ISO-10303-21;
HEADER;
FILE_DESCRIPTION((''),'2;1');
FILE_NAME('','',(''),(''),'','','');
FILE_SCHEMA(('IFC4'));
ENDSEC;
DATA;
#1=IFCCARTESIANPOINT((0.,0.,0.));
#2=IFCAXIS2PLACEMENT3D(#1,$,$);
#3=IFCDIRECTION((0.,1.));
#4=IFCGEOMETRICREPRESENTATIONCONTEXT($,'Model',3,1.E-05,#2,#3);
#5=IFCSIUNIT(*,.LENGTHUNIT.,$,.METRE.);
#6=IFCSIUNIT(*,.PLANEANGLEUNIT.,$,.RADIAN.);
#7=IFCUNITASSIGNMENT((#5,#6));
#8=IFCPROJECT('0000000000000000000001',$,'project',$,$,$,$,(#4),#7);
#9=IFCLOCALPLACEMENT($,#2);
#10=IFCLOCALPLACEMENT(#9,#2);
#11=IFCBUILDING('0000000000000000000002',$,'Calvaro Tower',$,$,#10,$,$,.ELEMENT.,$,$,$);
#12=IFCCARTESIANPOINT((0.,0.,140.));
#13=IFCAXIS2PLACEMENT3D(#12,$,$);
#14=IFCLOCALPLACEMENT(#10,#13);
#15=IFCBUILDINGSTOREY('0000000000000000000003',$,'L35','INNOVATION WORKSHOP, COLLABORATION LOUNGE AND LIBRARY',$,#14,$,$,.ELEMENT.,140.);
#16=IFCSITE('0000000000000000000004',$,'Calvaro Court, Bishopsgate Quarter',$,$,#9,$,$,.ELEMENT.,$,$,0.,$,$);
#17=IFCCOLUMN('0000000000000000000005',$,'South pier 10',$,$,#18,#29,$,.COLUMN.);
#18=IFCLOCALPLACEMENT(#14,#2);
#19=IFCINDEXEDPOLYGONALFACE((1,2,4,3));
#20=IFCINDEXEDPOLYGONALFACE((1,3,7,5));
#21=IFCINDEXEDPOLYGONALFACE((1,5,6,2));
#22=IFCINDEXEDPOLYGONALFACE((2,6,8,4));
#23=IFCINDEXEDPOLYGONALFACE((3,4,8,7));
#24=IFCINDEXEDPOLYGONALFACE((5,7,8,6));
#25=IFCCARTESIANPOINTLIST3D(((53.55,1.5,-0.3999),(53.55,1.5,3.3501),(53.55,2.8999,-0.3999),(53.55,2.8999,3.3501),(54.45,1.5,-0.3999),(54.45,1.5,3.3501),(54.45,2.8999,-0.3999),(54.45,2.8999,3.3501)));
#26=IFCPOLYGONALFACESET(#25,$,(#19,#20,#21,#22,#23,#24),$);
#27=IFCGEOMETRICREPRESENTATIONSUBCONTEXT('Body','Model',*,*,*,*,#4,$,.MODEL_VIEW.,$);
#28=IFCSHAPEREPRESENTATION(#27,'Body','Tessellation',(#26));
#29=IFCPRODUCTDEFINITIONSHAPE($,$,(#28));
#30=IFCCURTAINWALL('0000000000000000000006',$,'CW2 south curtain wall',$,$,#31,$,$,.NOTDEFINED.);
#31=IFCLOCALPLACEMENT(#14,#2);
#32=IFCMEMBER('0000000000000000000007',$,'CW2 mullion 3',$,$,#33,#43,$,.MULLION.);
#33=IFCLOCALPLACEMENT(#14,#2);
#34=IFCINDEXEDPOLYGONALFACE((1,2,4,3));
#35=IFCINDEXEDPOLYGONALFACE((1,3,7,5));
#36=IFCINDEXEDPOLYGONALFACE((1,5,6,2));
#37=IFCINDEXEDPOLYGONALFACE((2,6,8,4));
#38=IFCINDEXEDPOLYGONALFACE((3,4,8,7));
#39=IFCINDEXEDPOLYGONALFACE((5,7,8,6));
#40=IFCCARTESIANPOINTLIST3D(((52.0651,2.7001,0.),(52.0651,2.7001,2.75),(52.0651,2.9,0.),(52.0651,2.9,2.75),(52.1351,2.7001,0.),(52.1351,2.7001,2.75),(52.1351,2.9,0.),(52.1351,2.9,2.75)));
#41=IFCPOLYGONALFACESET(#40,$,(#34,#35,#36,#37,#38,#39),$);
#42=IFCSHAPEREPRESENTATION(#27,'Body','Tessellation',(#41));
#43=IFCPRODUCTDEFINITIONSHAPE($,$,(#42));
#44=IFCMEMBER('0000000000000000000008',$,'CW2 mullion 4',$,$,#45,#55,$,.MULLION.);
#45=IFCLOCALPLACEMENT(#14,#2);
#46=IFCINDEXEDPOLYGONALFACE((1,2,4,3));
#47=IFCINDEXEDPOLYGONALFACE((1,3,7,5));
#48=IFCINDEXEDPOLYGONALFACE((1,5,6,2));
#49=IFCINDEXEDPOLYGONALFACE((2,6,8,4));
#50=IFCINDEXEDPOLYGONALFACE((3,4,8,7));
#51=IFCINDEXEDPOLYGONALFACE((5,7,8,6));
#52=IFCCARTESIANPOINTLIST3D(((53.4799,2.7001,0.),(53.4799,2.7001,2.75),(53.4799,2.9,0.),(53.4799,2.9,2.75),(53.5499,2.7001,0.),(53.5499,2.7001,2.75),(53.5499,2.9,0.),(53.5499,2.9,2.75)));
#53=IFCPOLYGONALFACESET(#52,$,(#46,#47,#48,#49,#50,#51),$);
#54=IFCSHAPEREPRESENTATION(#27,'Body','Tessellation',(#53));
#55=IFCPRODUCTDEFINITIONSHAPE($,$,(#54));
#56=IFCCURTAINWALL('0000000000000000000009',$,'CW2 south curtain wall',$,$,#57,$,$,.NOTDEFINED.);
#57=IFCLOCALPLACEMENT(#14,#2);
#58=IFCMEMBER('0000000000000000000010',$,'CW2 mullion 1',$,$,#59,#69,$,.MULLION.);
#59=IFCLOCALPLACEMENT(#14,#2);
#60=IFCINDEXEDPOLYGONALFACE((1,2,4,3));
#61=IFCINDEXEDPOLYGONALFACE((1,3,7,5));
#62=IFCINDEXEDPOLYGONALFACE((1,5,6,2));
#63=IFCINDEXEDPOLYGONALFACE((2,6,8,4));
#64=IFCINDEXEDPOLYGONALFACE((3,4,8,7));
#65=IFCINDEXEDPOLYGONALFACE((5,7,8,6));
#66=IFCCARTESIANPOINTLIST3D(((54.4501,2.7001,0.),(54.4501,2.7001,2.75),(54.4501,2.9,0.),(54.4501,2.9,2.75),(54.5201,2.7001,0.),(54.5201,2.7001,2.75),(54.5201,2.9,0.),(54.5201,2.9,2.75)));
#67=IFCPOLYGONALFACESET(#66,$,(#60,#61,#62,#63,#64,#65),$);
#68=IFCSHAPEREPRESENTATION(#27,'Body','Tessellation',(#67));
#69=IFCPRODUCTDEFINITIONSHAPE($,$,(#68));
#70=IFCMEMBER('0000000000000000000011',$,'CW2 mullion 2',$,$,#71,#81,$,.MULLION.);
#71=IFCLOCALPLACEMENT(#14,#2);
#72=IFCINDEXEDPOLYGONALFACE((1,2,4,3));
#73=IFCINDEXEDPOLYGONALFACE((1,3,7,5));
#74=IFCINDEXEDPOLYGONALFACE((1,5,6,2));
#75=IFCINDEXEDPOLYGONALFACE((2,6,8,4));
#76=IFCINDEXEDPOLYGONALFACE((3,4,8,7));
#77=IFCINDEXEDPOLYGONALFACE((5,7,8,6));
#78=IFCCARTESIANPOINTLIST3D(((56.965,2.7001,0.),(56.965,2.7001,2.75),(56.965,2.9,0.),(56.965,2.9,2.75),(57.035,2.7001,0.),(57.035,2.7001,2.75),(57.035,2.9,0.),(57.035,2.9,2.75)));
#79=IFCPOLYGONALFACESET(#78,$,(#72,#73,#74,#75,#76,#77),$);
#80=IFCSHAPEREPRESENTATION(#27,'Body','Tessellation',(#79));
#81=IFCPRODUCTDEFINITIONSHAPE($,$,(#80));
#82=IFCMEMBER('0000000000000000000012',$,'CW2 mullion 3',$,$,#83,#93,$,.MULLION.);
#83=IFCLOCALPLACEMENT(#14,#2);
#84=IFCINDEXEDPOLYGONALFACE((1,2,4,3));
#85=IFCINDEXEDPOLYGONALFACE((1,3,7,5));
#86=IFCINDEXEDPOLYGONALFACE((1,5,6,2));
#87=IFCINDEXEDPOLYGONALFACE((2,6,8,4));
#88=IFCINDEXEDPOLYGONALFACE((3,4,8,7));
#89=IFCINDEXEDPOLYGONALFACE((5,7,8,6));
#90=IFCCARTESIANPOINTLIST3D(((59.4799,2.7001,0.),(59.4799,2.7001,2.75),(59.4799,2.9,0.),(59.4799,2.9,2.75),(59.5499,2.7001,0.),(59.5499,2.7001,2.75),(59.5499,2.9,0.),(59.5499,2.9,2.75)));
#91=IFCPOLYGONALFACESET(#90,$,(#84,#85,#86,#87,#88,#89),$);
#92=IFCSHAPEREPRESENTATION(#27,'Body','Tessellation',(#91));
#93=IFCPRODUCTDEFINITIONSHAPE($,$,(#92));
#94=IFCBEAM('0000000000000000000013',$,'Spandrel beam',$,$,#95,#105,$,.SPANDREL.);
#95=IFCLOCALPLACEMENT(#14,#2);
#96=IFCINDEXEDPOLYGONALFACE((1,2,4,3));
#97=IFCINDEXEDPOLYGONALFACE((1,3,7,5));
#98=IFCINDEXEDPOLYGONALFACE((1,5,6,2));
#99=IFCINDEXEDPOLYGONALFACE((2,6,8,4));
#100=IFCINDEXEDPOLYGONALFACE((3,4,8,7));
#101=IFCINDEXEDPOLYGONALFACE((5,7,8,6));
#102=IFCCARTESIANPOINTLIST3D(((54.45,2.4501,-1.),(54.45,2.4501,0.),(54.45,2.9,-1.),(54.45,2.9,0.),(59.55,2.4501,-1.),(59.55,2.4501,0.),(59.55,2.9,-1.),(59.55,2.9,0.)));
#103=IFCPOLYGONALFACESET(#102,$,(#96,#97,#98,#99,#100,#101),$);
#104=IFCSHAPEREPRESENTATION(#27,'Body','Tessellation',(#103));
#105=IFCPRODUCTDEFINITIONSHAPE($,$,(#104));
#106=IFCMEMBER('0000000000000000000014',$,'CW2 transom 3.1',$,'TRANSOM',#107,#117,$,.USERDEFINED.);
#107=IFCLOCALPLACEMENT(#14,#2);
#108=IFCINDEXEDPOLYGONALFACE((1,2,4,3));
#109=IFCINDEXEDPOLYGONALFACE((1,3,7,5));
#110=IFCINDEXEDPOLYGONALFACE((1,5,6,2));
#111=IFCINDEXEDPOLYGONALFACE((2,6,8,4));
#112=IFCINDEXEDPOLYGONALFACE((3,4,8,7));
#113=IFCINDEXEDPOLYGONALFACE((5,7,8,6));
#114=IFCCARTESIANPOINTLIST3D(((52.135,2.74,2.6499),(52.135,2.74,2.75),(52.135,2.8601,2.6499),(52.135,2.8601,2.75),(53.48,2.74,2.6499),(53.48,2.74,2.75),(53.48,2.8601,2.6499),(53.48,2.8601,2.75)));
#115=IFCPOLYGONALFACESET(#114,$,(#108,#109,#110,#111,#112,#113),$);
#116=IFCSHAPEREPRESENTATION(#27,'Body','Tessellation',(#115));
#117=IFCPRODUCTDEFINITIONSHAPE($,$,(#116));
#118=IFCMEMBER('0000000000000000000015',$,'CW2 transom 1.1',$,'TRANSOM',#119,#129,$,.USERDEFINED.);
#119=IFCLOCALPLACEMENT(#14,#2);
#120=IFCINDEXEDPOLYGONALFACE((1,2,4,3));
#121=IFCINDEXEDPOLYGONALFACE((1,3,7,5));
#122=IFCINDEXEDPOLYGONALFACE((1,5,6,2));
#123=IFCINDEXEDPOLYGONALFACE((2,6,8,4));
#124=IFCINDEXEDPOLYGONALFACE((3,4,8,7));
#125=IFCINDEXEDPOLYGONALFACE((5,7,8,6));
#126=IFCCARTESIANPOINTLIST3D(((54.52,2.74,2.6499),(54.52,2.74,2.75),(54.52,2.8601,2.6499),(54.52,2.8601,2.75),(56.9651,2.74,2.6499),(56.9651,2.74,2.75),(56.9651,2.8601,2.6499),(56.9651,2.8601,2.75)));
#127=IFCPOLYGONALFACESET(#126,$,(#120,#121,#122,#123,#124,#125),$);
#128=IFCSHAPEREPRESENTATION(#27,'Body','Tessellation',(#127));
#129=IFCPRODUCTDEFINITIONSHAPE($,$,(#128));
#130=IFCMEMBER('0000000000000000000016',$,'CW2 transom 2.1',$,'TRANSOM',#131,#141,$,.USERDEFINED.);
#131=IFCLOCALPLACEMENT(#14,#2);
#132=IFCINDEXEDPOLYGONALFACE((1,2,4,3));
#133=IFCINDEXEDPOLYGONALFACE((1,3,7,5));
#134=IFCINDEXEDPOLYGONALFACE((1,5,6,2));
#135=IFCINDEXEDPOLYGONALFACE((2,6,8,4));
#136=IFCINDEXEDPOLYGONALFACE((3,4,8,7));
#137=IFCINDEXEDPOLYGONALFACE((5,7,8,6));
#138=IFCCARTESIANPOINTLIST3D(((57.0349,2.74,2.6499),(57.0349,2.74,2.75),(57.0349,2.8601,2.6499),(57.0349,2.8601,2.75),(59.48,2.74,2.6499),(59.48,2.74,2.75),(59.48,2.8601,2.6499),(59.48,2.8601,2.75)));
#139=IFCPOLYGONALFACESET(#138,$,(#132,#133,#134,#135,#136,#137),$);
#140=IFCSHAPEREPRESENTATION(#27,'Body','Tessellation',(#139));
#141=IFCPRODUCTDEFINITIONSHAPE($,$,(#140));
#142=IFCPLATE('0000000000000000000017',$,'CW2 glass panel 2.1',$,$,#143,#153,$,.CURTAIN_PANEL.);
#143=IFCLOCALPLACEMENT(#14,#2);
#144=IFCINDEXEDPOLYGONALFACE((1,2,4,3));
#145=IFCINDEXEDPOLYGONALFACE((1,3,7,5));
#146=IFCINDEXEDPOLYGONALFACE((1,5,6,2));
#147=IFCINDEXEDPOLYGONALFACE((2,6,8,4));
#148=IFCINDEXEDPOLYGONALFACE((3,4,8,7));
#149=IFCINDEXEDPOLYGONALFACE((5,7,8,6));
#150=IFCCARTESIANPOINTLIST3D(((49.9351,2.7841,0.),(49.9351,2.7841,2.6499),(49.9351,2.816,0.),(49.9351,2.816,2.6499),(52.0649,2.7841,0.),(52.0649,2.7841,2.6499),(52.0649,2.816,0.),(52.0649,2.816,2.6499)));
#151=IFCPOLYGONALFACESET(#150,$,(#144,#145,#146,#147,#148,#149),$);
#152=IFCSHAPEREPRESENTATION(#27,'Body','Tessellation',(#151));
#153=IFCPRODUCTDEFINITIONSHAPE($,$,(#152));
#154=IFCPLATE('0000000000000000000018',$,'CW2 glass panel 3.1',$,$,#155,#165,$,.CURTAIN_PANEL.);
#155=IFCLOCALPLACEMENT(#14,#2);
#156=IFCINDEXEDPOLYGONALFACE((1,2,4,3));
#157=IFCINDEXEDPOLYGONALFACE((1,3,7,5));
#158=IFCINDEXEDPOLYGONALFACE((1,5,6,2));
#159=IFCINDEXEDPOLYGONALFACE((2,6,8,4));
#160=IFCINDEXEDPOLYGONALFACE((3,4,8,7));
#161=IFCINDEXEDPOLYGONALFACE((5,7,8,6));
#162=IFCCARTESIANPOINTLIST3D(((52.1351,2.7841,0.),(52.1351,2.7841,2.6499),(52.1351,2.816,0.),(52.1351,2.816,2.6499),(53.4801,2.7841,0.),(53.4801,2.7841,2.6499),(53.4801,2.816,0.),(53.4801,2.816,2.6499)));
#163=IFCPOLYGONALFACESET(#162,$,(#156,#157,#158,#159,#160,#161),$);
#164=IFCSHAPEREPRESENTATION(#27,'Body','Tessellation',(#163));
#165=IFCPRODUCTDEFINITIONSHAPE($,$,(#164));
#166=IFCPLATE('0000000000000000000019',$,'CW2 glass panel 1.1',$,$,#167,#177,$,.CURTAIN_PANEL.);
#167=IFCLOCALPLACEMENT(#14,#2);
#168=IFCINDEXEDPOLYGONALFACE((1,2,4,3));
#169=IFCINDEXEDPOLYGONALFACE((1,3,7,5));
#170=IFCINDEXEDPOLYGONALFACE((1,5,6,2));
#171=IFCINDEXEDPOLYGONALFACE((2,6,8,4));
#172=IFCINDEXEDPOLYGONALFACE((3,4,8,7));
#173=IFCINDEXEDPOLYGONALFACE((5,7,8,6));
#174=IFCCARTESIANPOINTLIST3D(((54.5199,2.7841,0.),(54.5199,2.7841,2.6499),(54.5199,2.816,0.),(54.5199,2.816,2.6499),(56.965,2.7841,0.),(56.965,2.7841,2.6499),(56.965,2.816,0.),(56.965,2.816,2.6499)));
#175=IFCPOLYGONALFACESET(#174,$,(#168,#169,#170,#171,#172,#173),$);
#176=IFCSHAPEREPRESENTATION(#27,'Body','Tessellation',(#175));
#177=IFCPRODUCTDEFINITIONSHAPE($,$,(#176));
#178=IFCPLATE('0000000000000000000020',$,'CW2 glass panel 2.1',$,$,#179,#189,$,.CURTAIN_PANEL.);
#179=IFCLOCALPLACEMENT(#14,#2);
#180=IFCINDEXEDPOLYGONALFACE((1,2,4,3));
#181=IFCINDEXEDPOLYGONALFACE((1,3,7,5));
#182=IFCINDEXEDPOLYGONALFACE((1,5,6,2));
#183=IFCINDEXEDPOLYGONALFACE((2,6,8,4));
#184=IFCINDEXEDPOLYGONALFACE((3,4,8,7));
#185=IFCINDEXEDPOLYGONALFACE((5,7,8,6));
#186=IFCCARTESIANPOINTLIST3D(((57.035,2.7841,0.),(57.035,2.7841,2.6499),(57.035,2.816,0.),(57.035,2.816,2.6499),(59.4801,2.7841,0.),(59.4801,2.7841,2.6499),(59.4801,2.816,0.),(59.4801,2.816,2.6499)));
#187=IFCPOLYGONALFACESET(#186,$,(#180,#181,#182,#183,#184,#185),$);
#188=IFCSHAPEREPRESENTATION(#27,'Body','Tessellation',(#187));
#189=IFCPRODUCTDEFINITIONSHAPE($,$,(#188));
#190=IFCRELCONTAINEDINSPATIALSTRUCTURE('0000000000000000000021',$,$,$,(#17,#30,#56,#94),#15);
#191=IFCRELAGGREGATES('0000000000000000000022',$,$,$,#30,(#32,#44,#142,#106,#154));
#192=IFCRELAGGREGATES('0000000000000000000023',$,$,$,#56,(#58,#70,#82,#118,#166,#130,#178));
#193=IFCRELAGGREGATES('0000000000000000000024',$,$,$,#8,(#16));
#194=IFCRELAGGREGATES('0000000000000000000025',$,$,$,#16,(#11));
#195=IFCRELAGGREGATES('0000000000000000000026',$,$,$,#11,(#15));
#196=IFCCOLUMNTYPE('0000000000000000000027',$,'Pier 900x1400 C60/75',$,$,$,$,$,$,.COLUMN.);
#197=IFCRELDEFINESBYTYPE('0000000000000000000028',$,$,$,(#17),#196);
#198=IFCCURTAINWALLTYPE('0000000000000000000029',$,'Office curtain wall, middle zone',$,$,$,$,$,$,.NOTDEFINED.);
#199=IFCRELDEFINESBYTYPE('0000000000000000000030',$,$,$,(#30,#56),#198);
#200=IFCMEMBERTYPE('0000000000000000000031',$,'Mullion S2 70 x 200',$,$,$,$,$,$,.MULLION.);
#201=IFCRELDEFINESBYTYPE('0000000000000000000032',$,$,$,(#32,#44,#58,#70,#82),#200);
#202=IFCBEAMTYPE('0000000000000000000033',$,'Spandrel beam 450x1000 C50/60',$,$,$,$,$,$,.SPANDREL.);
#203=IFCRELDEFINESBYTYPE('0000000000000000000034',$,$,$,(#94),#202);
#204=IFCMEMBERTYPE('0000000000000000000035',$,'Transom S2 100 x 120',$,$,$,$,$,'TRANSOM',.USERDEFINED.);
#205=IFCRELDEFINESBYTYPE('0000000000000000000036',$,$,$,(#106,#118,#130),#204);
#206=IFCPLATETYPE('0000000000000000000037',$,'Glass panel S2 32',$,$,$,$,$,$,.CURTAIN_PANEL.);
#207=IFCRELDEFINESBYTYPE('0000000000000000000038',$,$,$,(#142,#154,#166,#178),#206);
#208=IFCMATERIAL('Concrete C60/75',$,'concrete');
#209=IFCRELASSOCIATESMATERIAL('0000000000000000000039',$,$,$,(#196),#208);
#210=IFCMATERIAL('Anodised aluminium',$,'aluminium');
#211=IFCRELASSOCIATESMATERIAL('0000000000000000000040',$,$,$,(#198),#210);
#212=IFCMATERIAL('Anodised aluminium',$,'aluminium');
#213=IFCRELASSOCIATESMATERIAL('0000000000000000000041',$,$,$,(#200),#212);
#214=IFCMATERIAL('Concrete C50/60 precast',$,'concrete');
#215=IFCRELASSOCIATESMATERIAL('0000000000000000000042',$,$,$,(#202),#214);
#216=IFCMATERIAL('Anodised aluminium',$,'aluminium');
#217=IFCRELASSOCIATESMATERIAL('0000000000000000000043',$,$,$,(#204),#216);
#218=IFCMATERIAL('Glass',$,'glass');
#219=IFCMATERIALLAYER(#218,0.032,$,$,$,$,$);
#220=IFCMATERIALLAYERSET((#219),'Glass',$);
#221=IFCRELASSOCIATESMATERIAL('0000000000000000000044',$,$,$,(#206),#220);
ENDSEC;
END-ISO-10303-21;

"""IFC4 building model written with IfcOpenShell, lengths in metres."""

from ifc_helpers import new_model, si_unit, direction, frame, origin, origin_2d, place, context, subcontext, project, spatial, rectangle, extrude, material, layer, layer_set, material_profile, profile_set, type_object, element, aggregate, save


model = new_model("IFC4")

# Units and contexts
model_context = context("Model", 3, precision=1e-05, world=origin(), true_north=direction((0.0, 1.0)))
body_context = subcontext(model_context, "Body", "Model", "MODEL_VIEW")
ifc_project = project(units=[si_unit("LENGTHUNIT", "METRE"), si_unit("PLANEANGLEUNIT", "RADIAN")], contexts=[model_context])

# Site, building, storey
site_placement = place(None, origin())
site = spatial("IfcSite", under=ifc_project, at=site_placement, Name="Calvaro Court, Bishopsgate Quarter", CompositionType="ELEMENT", RefElevation=0.0)
building_placement = place(site_placement, origin())
building = spatial("IfcBuilding", under=site, at=building_placement, Name="Calvaro Tower", CompositionType="ELEMENT")
storey_placement = place(building_placement, frame((0.0, 0.0, 140.0)))
storey = spatial("IfcBuildingStorey", under=building, at=storey_placement, Name="L35", Description="INNOVATION WORKSHOP, COLLABORATION LOUNGE AND LIBRARY", CompositionType="ELEMENT", Elevation=140.0)

# Column
ifc_material_1 = material(Name="Concrete C60/75", Category="concrete")
ifc_material_profile_1 = material_profile(ifc_material_1, rectangle(XDim=0.8999, YDim=1.3999, at=origin_2d()), Name="RC 900x1400")
ifc_profile_set_1 = profile_set([ifc_material_profile_1], Name="Concrete C60/75")
column_type = type_object("IfcColumnType", Name="Pier 900x1400 C60/75", PredefinedType="COLUMN", material=ifc_profile_set_1)
column_placement = place(storey_placement, frame((54.0, 2.2, -0.3999), z_axis=(0.0, 0.0, 1.0), x_axis=(1.0, 0.0, 0.0)))
element("IfcColumn", 1, at=column_placement, inside=storey, type_object=column_type, Name="South pier 10", PredefinedType="COLUMN", context=body_context, shape_type="SweptSolid", body=[
    extrude(rectangle(XDim=0.8999, YDim=1.3999, at=origin_2d()), origin(), (0.0, 0.0, 1.0), 3.75),
])

# Curtain walls, members
ifc_material_2 = material(Name="Anodised aluminium", Category="aluminium")
curtain_wall_type = type_object("IfcCurtainWallType", Name="Office curtain wall, middle zone", PredefinedType="NOTDEFINED", material=ifc_material_2)
curtain_wall_1_placement = place(storey_placement, origin())
curtain_wall_1 = element("IfcCurtainWall", 2, at=curtain_wall_1_placement, inside=storey, type_object=curtain_wall_type, Name="CW2 south curtain wall", PredefinedType="NOTDEFINED")
ifc_material_3 = material(Name="Anodised aluminium", Category="aluminium")
ifc_material_profile_2 = material_profile(ifc_material_3, rectangle(XDim=0.2, YDim=0.0701, at=origin_2d()), Name="Mullion S2 70 x 200")
ifc_profile_set_2 = profile_set([ifc_material_profile_2], Name="Anodised aluminium")
member_type_1 = type_object("IfcMemberType", Name="Mullion S2 70 x 200", PredefinedType="MULLION", material=ifc_profile_set_2)
member_1_placement = place(storey_placement, frame((52.1001, 2.8, 0.0), z_axis=(0.0, 0.0, 1.0), x_axis=(0.0, 1.0, 0.0)))
member_1 = element("IfcMember", 3, at=member_1_placement, type_object=member_type_1, Name="CW2 mullion 3", PredefinedType="MULLION", context=body_context, shape_type="SweptSolid", body=[
    extrude(rectangle(XDim=0.2, YDim=0.0701, at=origin_2d()), origin(), (0.0, 0.0, 1.0), 2.75),
])
member_2_placement = place(storey_placement, frame((53.5149, 2.8, 0.0), z_axis=(0.0, 0.0, 1.0), x_axis=(0.0, 1.0, 0.0)))
member_2 = element("IfcMember", 4, at=member_2_placement, type_object=member_type_1, Name="CW2 mullion 4", PredefinedType="MULLION", context=body_context, shape_type="SweptSolid", body=[
    extrude(rectangle(XDim=0.2, YDim=0.0701, at=origin_2d()), origin(), (0.0, 0.0, 1.0), 2.75),
])
curtain_wall_2_placement = place(storey_placement, origin())
curtain_wall_2 = element("IfcCurtainWall", 5, at=curtain_wall_2_placement, inside=storey, type_object=curtain_wall_type, Name="CW2 south curtain wall", PredefinedType="NOTDEFINED")
member_3_placement = place(storey_placement, frame((54.4851, 2.8, 0.0), z_axis=(0.0, 0.0, 1.0), x_axis=(0.0, 1.0, 0.0)))
member_3 = element("IfcMember", 6, at=member_3_placement, type_object=member_type_1, Name="CW2 mullion 1", PredefinedType="MULLION", context=body_context, shape_type="SweptSolid", body=[
    extrude(rectangle(XDim=0.2, YDim=0.0701, at=origin_2d()), origin(), (0.0, 0.0, 1.0), 2.75),
])
member_4_placement = place(storey_placement, frame((57.0, 2.8, 0.0), z_axis=(0.0, 0.0, 1.0), x_axis=(0.0, 1.0, 0.0)))
member_4 = element("IfcMember", 7, at=member_4_placement, type_object=member_type_1, Name="CW2 mullion 2", PredefinedType="MULLION", context=body_context, shape_type="SweptSolid", body=[
    extrude(rectangle(XDim=0.2, YDim=0.0701, at=origin_2d()), origin(), (0.0, 0.0, 1.0), 2.75),
])
member_5_placement = place(storey_placement, frame((59.5149, 2.8, 0.0), z_axis=(0.0, 0.0, 1.0), x_axis=(0.0, 1.0, 0.0)))
member_5 = element("IfcMember", 8, at=member_5_placement, type_object=member_type_1, Name="CW2 mullion 3", PredefinedType="MULLION", context=body_context, shape_type="SweptSolid", body=[
    extrude(rectangle(XDim=0.2, YDim=0.0701, at=origin_2d()), origin(), (0.0, 0.0, 1.0), 2.75),
])

# Beam
ifc_material_4 = material(Name="Concrete C50/60 precast", Category="concrete")
ifc_material_profile_3 = material_profile(ifc_material_4, rectangle(XDim=0.45, YDim=1.0, at=origin_2d()), Name="RC 450x1000")
ifc_profile_set_3 = profile_set([ifc_material_profile_3], Name="Concrete C50/60 precast")
beam_type = type_object("IfcBeamType", Name="Spandrel beam 450x1000 C50/60", PredefinedType="SPANDREL", material=ifc_profile_set_3)
beam_placement = place(storey_placement, frame((54.45, 2.675, -0.5), z_axis=(1.0, 0.0, 0.0), x_axis=(0.0, 1.0, 0.0)))
element("IfcBeam", 9, at=beam_placement, inside=storey, type_object=beam_type, Name="Spandrel beam", PredefinedType="SPANDREL", context=body_context, shape_type="SweptSolid", body=[
    extrude(rectangle(XDim=0.45, YDim=1.0, at=origin_2d()), origin(), (0.0, 0.0, 1.0), 5.1001),
])

# Members
ifc_material_5 = material(Name="Anodised aluminium", Category="aluminium")
ifc_material_profile_4 = material_profile(ifc_material_5, rectangle(XDim=0.1201, YDim=0.1001, at=origin_2d()), Name="Transom S2 100 x 120")
ifc_profile_set_4 = profile_set([ifc_material_profile_4], Name="Anodised aluminium")
member_type_2 = type_object("IfcMemberType", Name="Transom S2 100 x 120", ElementType="TRANSOM", PredefinedType="USERDEFINED", material=ifc_profile_set_4)
member_6_placement = place(storey_placement, frame((52.135, 2.8, 2.7), z_axis=(1.0, 0.0, 0.0), x_axis=(0.0, 1.0, 0.0)))
member_6 = element("IfcMember", 10, at=member_6_placement, type_object=member_type_2, Name="CW2 transom 3.1", ObjectType="TRANSOM", PredefinedType="USERDEFINED", context=body_context, shape_type="SweptSolid", body=[
    extrude(rectangle(XDim=0.1201, YDim=0.1001, at=origin_2d()), origin(), (0.0, 0.0, 1.0), 1.345),
])
member_7_placement = place(storey_placement, frame((54.52, 2.8, 2.7), z_axis=(1.0, 0.0, 0.0), x_axis=(0.0, 1.0, 0.0)))
member_7 = element("IfcMember", 11, at=member_7_placement, type_object=member_type_2, Name="CW2 transom 1.1", ObjectType="TRANSOM", PredefinedType="USERDEFINED", context=body_context, shape_type="SweptSolid", body=[
    extrude(rectangle(XDim=0.1201, YDim=0.1001, at=origin_2d()), origin(), (0.0, 0.0, 1.0), 2.4451),
])
member_8_placement = place(storey_placement, frame((57.0349, 2.8, 2.7), z_axis=(1.0, 0.0, 0.0), x_axis=(0.0, 1.0, 0.0)))
member_8 = element("IfcMember", 12, at=member_8_placement, type_object=member_type_2, Name="CW2 transom 2.1", ObjectType="TRANSOM", PredefinedType="USERDEFINED", context=body_context, shape_type="SweptSolid", body=[
    extrude(rectangle(XDim=0.1201, YDim=0.1001, at=origin_2d()), origin(), (0.0, 0.0, 1.0), 2.4451),
])

# Plates
ifc_material_6 = material(Name="Glass", Category="glass")
ifc_layer_1 = layer(ifc_material_6, 0.032)
ifc_layer_set_1 = layer_set([ifc_layer_1], Name="Glass")
plate_type = type_object("IfcPlateType", Name="Glass panel S2 32", PredefinedType="CURTAIN_PANEL", material=ifc_layer_set_1)
plate_1_placement = place(storey_placement, frame((51.0, 2.8, 0.0), z_axis=(0.0, 0.0, 1.0), x_axis=(1.0, 0.0, 0.0)))
plate_1 = element("IfcPlate", 13, at=plate_1_placement, type_object=plate_type, Name="CW2 glass panel 2.1", PredefinedType="CURTAIN_PANEL", context=body_context, shape_type="SweptSolid", body=[
    extrude(rectangle(XDim=2.1299, YDim=0.032, at=origin_2d()), origin(), (0.0, 0.0, 1.0), 2.6499),
])
plate_2_placement = place(storey_placement, frame((52.8076, 2.8, 0.0), z_axis=(0.0, 0.0, 1.0), x_axis=(1.0, 0.0, 0.0)))
plate_2 = element("IfcPlate", 14, at=plate_2_placement, type_object=plate_type, Name="CW2 glass panel 3.1", PredefinedType="CURTAIN_PANEL", context=body_context, shape_type="SweptSolid", body=[
    extrude(rectangle(XDim=1.345, YDim=0.032, at=origin_2d()), origin(), (0.0, 0.0, 1.0), 2.6499),
])
aggregate(curtain_wall_1, [member_1, member_2, plate_1, member_6, plate_2])
plate_3_placement = place(storey_placement, frame((55.7424, 2.8, 0.0), z_axis=(0.0, 0.0, 1.0), x_axis=(1.0, 0.0, 0.0)))
plate_3 = element("IfcPlate", 15, at=plate_3_placement, type_object=plate_type, Name="CW2 glass panel 1.1", PredefinedType="CURTAIN_PANEL", context=body_context, shape_type="SweptSolid", body=[
    extrude(rectangle(XDim=2.4451, YDim=0.032, at=origin_2d()), origin(), (0.0, 0.0, 1.0), 2.6499),
])
plate_4_placement = place(storey_placement, frame((58.2576, 2.8, 0.0), z_axis=(0.0, 0.0, 1.0), x_axis=(1.0, 0.0, 0.0)))
plate_4 = element("IfcPlate", 16, at=plate_4_placement, type_object=plate_type, Name="CW2 glass panel 2.1", PredefinedType="CURTAIN_PANEL", context=body_context, shape_type="SweptSolid", body=[
    extrude(rectangle(XDim=2.4451, YDim=0.032, at=origin_2d()), origin(), (0.0, 0.0, 1.0), 2.6499),
])
aggregate(curtain_wall_2, [member_3, member_4, member_5, member_7, plate_3, member_8, plate_4])

save(model, "model.ifc")
